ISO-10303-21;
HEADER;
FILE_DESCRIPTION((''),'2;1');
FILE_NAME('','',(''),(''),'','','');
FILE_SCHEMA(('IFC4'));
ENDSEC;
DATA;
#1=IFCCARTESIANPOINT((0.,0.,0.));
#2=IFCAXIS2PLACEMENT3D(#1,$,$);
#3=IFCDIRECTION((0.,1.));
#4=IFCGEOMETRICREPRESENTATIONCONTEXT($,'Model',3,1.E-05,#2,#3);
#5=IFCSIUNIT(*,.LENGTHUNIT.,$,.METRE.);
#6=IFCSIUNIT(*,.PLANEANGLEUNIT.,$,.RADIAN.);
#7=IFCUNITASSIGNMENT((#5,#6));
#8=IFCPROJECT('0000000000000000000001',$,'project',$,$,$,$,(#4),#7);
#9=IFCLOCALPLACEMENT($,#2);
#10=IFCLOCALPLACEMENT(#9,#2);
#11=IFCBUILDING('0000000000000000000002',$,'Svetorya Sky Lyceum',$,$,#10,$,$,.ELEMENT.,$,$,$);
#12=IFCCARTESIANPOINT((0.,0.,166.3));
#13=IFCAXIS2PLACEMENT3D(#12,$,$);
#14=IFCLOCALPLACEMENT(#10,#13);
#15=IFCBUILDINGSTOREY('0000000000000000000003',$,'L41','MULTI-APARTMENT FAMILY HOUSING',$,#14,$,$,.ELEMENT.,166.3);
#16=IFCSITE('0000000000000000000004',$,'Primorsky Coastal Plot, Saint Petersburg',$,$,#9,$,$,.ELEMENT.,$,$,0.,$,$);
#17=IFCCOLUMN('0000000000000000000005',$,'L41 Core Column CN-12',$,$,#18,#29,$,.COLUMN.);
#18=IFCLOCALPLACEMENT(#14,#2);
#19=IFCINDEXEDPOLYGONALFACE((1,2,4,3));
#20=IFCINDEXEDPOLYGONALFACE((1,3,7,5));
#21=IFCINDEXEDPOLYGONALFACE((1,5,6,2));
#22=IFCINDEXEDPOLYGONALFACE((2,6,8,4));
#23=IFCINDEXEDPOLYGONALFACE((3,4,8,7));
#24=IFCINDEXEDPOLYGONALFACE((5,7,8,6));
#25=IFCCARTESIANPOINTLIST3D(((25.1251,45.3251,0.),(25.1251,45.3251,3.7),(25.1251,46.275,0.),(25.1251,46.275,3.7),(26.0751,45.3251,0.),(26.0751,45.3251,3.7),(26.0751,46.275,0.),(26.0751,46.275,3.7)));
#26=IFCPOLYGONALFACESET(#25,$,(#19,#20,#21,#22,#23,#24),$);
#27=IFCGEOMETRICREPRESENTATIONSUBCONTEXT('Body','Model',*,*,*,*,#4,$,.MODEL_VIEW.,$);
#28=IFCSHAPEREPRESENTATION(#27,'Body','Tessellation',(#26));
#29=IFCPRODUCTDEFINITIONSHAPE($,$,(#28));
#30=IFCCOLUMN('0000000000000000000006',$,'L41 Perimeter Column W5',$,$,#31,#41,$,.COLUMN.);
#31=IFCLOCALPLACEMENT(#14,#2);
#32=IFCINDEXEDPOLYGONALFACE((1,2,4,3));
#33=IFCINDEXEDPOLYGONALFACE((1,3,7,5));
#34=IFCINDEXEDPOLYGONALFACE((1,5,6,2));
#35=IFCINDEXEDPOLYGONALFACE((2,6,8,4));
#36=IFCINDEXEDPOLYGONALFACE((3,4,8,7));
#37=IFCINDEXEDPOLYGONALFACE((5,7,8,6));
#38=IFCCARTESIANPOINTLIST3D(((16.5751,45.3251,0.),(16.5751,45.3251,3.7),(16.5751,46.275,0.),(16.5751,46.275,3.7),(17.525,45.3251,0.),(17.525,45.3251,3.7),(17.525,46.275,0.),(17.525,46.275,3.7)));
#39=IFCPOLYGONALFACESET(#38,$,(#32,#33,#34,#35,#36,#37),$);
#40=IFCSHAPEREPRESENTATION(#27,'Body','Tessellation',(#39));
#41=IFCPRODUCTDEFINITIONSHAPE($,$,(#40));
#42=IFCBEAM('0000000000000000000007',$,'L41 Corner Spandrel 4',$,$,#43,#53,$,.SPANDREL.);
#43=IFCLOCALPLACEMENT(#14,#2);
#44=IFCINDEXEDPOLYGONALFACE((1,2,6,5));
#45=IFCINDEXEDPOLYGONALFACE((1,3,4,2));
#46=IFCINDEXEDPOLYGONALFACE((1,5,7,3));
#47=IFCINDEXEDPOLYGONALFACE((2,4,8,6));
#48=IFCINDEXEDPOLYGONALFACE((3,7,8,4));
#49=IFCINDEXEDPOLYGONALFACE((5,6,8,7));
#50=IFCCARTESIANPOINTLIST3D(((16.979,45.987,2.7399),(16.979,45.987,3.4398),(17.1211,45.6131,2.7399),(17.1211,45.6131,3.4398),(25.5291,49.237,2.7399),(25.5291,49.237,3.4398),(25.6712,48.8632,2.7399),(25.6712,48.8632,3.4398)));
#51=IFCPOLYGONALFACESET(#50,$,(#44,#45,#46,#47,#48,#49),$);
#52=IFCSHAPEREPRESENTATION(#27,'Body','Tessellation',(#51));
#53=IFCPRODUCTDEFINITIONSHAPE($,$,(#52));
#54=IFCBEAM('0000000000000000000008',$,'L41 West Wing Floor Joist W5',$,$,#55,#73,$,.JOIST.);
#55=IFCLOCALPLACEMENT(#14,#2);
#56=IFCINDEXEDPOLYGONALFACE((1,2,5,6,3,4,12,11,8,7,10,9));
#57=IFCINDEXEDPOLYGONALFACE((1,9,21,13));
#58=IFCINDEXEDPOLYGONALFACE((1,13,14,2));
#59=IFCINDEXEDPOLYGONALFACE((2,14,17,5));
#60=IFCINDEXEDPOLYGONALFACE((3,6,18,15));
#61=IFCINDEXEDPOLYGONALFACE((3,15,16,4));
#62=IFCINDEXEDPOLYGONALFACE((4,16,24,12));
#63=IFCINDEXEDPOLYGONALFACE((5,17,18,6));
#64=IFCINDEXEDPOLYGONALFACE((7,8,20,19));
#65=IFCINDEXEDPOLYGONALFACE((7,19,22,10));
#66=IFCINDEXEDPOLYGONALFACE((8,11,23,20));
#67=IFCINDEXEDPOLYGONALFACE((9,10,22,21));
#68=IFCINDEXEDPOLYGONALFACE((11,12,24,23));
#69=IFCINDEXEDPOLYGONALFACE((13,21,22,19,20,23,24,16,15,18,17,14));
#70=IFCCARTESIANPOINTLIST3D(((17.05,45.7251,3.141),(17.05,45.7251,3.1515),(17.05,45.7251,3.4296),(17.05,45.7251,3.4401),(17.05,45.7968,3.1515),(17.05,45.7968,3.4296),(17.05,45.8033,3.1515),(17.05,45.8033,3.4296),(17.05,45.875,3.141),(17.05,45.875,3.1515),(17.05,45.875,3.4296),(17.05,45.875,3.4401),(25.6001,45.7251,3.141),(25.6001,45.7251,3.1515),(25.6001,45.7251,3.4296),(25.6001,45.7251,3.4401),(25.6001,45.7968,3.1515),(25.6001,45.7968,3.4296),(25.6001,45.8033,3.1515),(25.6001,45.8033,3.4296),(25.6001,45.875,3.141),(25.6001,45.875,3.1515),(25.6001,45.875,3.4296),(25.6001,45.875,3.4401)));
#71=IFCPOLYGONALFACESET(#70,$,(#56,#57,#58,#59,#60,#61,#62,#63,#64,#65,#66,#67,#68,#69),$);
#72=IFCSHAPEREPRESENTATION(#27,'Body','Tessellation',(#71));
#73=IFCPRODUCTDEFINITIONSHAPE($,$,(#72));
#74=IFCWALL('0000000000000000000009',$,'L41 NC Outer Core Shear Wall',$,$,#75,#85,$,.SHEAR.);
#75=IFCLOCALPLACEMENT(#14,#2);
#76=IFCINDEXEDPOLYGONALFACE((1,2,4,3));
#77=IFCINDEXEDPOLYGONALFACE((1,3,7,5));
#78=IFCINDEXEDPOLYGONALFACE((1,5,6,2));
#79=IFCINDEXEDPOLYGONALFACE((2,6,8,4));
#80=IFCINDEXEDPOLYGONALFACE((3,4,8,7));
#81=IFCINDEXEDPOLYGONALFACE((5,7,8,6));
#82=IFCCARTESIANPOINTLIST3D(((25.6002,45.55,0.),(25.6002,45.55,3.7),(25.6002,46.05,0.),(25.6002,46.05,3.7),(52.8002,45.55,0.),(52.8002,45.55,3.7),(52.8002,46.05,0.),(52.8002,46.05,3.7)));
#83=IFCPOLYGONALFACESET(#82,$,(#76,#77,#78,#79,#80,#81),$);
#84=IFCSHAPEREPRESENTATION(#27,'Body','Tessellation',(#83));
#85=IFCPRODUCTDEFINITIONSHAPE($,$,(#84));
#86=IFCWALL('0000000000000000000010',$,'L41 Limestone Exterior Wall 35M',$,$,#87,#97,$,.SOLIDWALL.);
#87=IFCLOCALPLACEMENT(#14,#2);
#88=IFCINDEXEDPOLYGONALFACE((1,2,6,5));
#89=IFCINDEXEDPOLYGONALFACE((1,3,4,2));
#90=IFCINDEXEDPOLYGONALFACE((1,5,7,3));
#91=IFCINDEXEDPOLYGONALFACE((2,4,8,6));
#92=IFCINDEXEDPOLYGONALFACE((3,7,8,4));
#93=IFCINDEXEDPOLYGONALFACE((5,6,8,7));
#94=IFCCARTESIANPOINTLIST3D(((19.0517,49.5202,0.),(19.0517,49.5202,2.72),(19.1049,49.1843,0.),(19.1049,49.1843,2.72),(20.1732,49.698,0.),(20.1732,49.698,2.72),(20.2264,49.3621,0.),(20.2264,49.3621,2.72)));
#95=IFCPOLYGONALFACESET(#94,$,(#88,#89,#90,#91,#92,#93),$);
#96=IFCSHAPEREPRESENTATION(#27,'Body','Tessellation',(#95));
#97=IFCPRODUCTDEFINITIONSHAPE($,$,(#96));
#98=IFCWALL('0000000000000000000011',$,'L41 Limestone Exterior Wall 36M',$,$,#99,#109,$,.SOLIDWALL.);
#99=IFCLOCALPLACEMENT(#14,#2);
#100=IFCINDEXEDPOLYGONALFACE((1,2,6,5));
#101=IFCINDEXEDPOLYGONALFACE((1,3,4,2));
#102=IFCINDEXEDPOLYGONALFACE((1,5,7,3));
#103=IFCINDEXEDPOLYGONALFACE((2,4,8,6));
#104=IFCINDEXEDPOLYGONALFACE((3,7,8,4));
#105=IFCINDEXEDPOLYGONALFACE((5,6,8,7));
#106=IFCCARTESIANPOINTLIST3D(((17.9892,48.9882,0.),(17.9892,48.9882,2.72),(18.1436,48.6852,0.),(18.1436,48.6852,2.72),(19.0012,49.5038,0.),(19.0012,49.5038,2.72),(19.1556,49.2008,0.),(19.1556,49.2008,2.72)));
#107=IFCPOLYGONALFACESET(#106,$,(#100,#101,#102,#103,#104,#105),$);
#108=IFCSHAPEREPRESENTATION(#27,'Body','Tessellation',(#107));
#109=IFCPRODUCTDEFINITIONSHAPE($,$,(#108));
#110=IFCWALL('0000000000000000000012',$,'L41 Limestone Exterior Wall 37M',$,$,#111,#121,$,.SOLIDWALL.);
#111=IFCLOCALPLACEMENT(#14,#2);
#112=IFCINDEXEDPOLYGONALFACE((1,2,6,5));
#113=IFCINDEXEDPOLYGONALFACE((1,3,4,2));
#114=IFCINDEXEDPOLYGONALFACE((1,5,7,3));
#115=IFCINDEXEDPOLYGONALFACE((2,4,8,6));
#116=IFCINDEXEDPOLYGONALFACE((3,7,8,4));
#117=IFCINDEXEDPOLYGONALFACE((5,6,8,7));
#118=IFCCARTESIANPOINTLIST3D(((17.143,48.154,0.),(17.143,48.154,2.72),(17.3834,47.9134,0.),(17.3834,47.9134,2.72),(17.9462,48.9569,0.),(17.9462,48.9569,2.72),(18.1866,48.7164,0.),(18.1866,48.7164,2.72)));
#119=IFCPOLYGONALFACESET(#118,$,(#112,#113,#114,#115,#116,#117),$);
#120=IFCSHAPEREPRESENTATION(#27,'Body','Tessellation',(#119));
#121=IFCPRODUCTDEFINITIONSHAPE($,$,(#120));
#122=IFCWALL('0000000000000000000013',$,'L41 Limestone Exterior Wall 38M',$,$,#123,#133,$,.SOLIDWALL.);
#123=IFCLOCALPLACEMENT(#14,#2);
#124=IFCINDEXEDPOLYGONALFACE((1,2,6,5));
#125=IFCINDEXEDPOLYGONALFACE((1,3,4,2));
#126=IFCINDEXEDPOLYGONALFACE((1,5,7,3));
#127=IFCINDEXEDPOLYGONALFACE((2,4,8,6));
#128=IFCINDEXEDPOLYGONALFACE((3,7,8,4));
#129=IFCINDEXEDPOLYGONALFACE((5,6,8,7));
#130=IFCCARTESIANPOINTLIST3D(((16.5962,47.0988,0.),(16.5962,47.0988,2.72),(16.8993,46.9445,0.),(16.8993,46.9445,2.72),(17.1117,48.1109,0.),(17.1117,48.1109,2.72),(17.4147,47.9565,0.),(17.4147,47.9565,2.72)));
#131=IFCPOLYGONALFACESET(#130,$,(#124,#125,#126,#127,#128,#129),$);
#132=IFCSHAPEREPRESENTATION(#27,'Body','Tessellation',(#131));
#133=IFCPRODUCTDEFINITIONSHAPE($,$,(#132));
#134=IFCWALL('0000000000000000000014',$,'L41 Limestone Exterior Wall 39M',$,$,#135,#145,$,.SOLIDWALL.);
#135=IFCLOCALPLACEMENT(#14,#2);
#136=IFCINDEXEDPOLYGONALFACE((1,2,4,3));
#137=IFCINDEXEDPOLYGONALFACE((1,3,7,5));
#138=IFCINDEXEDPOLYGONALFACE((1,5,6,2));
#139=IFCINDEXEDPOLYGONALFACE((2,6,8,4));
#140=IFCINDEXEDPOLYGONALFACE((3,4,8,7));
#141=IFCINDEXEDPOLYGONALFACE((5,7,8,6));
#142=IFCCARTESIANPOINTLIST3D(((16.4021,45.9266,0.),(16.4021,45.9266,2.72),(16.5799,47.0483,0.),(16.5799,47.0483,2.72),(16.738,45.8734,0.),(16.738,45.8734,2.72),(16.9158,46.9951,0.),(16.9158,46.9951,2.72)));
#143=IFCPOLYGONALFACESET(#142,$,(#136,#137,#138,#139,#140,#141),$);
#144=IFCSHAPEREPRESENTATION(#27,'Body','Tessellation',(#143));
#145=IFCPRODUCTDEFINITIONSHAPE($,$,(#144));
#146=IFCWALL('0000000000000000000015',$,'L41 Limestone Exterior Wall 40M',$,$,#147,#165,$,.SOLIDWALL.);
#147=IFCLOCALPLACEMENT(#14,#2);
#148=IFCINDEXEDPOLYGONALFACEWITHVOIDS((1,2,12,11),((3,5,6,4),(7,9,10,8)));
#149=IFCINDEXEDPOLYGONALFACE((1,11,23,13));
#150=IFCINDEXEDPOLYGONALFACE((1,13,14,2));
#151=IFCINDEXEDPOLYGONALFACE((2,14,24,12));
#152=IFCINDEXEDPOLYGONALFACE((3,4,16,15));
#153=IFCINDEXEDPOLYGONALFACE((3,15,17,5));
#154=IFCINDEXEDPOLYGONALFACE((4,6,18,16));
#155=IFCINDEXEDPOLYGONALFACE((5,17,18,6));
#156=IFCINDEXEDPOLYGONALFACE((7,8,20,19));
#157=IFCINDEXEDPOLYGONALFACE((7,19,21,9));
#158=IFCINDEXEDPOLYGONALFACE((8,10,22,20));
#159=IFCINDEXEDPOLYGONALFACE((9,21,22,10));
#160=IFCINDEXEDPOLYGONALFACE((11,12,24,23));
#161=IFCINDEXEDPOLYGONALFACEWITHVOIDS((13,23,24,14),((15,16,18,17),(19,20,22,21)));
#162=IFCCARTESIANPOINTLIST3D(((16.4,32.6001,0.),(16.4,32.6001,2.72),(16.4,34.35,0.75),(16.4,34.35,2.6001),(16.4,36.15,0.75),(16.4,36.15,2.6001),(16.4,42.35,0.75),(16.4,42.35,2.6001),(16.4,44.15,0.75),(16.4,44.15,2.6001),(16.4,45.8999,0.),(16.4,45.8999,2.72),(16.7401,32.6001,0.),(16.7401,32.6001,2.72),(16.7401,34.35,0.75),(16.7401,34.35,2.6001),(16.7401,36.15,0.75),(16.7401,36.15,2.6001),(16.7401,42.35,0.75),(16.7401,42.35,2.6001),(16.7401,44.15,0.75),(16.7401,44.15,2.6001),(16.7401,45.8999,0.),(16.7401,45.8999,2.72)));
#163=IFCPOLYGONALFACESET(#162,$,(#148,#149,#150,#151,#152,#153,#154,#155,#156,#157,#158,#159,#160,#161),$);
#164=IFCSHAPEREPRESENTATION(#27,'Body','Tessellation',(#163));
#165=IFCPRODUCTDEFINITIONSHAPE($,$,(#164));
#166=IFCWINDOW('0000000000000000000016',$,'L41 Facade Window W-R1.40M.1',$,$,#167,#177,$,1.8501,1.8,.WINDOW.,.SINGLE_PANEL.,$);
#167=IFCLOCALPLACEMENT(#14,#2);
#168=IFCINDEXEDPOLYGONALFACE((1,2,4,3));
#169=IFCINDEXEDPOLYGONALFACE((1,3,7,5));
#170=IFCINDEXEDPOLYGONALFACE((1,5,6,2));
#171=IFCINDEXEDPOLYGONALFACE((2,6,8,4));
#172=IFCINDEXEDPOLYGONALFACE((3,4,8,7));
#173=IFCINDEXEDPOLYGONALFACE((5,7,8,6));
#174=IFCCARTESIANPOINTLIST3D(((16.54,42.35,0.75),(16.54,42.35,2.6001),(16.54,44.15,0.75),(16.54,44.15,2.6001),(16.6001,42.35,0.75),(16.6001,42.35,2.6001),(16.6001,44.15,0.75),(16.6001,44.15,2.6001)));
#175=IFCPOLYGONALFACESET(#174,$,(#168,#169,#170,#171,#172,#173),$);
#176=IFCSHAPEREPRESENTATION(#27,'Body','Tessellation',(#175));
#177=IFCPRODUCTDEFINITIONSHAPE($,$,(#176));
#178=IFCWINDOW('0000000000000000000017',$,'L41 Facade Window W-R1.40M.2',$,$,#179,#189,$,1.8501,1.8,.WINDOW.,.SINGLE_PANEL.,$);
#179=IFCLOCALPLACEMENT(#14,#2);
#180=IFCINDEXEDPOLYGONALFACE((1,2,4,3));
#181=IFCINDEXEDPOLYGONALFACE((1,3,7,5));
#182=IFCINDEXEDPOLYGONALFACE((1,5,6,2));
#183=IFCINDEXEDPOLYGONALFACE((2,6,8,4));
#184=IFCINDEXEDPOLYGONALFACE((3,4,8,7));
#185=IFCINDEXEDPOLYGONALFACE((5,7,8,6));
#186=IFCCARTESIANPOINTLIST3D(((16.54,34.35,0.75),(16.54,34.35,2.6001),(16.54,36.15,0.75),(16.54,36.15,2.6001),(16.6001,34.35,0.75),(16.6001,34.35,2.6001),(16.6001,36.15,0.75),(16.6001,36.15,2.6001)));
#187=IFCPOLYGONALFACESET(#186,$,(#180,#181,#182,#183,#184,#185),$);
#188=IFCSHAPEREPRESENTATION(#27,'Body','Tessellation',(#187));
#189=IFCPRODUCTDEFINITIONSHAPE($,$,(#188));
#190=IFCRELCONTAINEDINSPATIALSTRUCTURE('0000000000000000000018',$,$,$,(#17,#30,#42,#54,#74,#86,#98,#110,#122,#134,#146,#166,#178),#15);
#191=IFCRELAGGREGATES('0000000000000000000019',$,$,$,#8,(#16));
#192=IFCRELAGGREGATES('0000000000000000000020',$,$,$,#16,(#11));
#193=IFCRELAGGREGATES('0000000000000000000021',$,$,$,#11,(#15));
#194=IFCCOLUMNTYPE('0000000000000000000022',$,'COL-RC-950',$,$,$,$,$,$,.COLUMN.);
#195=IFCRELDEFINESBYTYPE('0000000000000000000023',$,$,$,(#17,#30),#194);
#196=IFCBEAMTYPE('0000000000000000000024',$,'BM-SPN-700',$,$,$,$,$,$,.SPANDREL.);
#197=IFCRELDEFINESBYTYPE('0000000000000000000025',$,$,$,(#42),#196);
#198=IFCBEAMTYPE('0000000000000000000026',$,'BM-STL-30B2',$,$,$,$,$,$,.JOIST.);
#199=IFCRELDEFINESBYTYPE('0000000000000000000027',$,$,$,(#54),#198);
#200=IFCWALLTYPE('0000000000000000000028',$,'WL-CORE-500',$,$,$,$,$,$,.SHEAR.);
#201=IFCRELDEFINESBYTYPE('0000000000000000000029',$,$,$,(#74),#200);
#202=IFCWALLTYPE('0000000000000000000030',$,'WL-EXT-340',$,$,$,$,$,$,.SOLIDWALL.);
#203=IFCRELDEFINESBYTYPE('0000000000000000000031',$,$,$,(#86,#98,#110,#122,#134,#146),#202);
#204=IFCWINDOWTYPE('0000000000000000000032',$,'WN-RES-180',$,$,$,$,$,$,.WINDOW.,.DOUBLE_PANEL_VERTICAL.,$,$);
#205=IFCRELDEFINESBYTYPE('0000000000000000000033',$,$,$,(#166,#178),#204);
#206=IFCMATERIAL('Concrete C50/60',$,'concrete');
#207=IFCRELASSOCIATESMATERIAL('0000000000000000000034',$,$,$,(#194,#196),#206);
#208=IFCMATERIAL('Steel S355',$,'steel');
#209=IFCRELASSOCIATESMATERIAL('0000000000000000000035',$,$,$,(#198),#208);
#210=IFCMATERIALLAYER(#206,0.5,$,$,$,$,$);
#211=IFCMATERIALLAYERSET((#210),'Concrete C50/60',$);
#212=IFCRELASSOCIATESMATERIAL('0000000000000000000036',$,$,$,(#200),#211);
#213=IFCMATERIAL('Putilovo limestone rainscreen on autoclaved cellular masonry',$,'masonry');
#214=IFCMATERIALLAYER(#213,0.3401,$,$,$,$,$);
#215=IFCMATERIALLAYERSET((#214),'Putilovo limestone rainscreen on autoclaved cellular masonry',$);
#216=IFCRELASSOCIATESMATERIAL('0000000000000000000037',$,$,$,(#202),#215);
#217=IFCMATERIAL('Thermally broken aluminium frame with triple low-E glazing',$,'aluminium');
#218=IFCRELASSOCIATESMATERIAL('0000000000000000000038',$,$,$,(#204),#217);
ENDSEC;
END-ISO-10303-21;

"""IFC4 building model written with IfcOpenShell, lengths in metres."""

from ifc_helpers import new_model, si_unit, direction, frame, frame_2d, origin, origin_2d, place, context, subcontext, project, spatial, rectangle, i_section, extrude, material, layer, layer_set, material_profile, profile_set, type_object, element, fill, save


model = new_model("IFC4")

# Units and contexts
model_context = context("Model", 3, precision=1e-05, world=origin(), true_north=direction((0.0, 1.0)))
body_context = subcontext(model_context, "Body", "Model", "MODEL_VIEW")
ifc_project = project(units=[si_unit("LENGTHUNIT", "METRE"), si_unit("PLANEANGLEUNIT", "RADIAN")], contexts=[model_context])

# Site, building, storey
site_placement = place(None, origin())
site = spatial("IfcSite", under=ifc_project, at=site_placement, Name="Primorsky Coastal Plot, Saint Petersburg", CompositionType="ELEMENT", RefElevation=0.0)
building_placement = place(site_placement, origin())
building = spatial("IfcBuilding", under=site, at=building_placement, Name="Svetorya Sky Lyceum", CompositionType="ELEMENT")
storey_placement = place(building_placement, frame((0.0, 0.0, 166.3)))
storey = spatial("IfcBuildingStorey", under=building, at=storey_placement, Name="L41", Description="MULTI-APARTMENT FAMILY HOUSING", CompositionType="ELEMENT", Elevation=166.3)

# Columns
ifc_material_1 = material(Name="Concrete C50/60", Category="concrete")
ifc_material_profile_1 = material_profile(ifc_material_1, rectangle(XDim=0.95, YDim=0.95, at=origin_2d()), Name="RC COL 950x950")
ifc_profile_set_1 = profile_set([ifc_material_profile_1], Name="Concrete C50/60")
column_type = type_object("IfcColumnType", Name="COL-RC-950", PredefinedType="COLUMN", material=ifc_profile_set_1)
for number, where, z_axis, x_axis, name in (
    (1, (25.6001, 45.8, 0.0), (0.0, 0.0, 1.0), (1.0, 0.0, 0.0), "L41 Core Column CN-12"),
    (2, (17.05, 45.8, 0.0), (0.0, 0.0, 1.0), (1.0, 0.0, 0.0), "L41 Perimeter Column W5"),
):
    element("IfcColumn", number, at=place(storey_placement, frame(where, z_axis=z_axis, x_axis=x_axis)), inside=storey, type_object=column_type, Name=name, PredefinedType="COLUMN", context=body_context, shape_type="SweptSolid", body=[
        extrude(rectangle(XDim=0.95, YDim=0.95, at=origin_2d()), origin(), (0.0, 0.0, 1.0), 3.7),
    ])

# Beams
ifc_material_profile_2 = material_profile(ifc_material_1, rectangle(XDim=0.3999, YDim=0.7, at=origin_2d()), Name="RC SPANDREL 400x700")
ifc_profile_set_2 = profile_set([ifc_material_profile_2], Name="Concrete C50/60")
beam_type_1 = type_object("IfcBeamType", Name="BM-SPN-700", PredefinedType="SPANDREL", material=ifc_profile_set_2)
beam_1_placement = place(storey_placement, frame((17.05, 45.8, 3.0898), z_axis=(0.934748, 0.355312, 0.0), x_axis=(-0.355312, 0.934748, 0.0)))
element("IfcBeam", 3, at=beam_1_placement, inside=storey, type_object=beam_type_1, Name="L41 Corner Spandrel 4", PredefinedType="SPANDREL", context=body_context, shape_type="SweptSolid", body=[
    extrude(rectangle(XDim=0.3999, YDim=0.7, at=origin_2d()), origin(), (0.0, 0.0, 1.0), 9.147),
])
ifc_material_2 = material(Name="Steel S355", Category="steel")
ifc_material_profile_3 = material_profile(ifc_material_2, i_section(OverallWidth=0.1499, OverallDepth=0.2991, WebThickness=0.0066, FlangeThickness=0.0105, at=origin_2d()), Name="GOST 30B2")
ifc_profile_set_3 = profile_set([ifc_material_profile_3], Name="Steel S355")
beam_type_2 = type_object("IfcBeamType", Name="BM-STL-30B2", PredefinedType="JOIST", material=ifc_profile_set_3)
beam_2_placement = place(storey_placement, frame((17.05, 45.8, 3.2905), z_axis=(1.0, 0.0, 0.0), x_axis=(0.0, 1.0, 0.0)))
element("IfcBeam", 4, at=beam_2_placement, inside=storey, type_object=beam_type_2, Name="L41 West Wing Floor Joist W5", PredefinedType="JOIST", context=body_context, shape_type="SweptSolid", body=[
    extrude(i_section(OverallWidth=0.1499, OverallDepth=0.2991, WebThickness=0.0066, FlangeThickness=0.0105, at=origin_2d()), origin(), (0.0, 0.0, 1.0), 8.55),
])

# Walls
ifc_layer_1 = layer(ifc_material_1, 0.5)
ifc_layer_set_1 = layer_set([ifc_layer_1], Name="Concrete C50/60")
wall_type_1 = type_object("IfcWallType", Name="WL-CORE-500", PredefinedType="SHEAR", material=ifc_layer_set_1)
wall_1_placement = place(storey_placement, frame((25.6001, 45.8, 0.0), z_axis=(0.0, 0.0, 1.0), x_axis=(1.0, 0.0, 0.0)))
element("IfcWall", 5, at=wall_1_placement, inside=storey, type_object=wall_type_1, Name="L41 NC Outer Core Shear Wall", PredefinedType="SHEAR", context=body_context, shape_type="SweptSolid", body=[
    extrude(rectangle(XDim=27.2, YDim=0.5, at=frame_2d((13.6001, 0.0))), origin(), (0.0, 0.0, 1.0), 3.7),
])
ifc_material_3 = material(Name="Putilovo limestone rainscreen on autoclaved cellular masonry", Category="masonry")
ifc_layer_2 = layer(ifc_material_3, 0.3401)
ifc_layer_set_2 = layer_set([ifc_layer_2], Name="Putilovo limestone rainscreen on autoclaved cellular masonry")
wall_type_2 = type_object("IfcWallType", Name="WL-EXT-340", PredefinedType="SOLIDWALL", material=ifc_layer_set_2)
wall_2_placement = place(storey_placement, frame((20.2, 49.53, 0.0), z_axis=(0.0, 0.0, 1.0), x_axis=(-0.987676, -0.156515, 0.0)))
element("IfcWall", 6, at=wall_2_placement, inside=storey, type_object=wall_type_2, Name="L41 Limestone Exterior Wall 35M", PredefinedType="SOLIDWALL", context=body_context, shape_type="SweptSolid", body=[
    extrude(rectangle(XDim=1.1355, YDim=0.3401, at=frame_2d((0.5679, 0.0))), origin(), (0.0, 0.0, 1.0), 2.72),
])
for number, where, z_axis, x_axis, name in (
    (7, (19.0784, 49.3523, 0.0), (0.0, 0.0, 1.0), (-0.891005, -0.453993, 0.0), "L41 Limestone Exterior Wall 36M"),
    (8, (18.0664, 48.8367, 0.0), (0.0, 0.0, 1.0), (-0.707214, -0.706999, 0.0), "L41 Limestone Exterior Wall 37M"),
    (9, (17.2632, 48.0337, 0.0), (0.0, 0.0, 1.0), (-0.453823, -0.891092, 0.0), "L41 Limestone Exterior Wall 38M"),
    (10, (16.7478, 47.0217, 0.0), (0.0, 0.0, 1.0), (-0.156481, -0.987681, 0.0), "L41 Limestone Exterior Wall 39M"),
):
    element("IfcWall", number, at=place(storey_placement, frame(where, z_axis=z_axis, x_axis=x_axis)), inside=storey, type_object=wall_type_2, Name=name, PredefinedType="SOLIDWALL", context=body_context, shape_type="SweptSolid", body=[
        extrude(rectangle(XDim=1.1357, YDim=0.3401, at=frame_2d((0.5679, 0.0))), origin(), (0.0, 0.0, 1.0), 2.72),
    ])

# Wall, openings, windows
wall_3_placement = place(storey_placement, frame((16.5701, 45.8999, 0.0), z_axis=(0.0, 0.0, 1.0), x_axis=(0.0, -1.0, 0.0)))
wall_3 = element("IfcWall", 11, at=wall_3_placement, inside=storey, type_object=wall_type_2, Name="L41 Limestone Exterior Wall 40M", PredefinedType="SOLIDWALL", context=body_context, shape_type="SweptSolid", body=[
    extrude(rectangle(XDim=13.2998, YDim=0.3401, at=frame_2d((6.6499, 0.0))), origin(), (0.0, 0.0, 1.0), 2.72),
])
opening_1_placement = place(wall_3_placement, frame((1.75, 0.0, 0.75)))
opening_1 = element("IfcOpeningElement", 12, at=opening_1_placement, cuts=wall_3, PredefinedType="OPENING", context=body_context, shape_type="SweptSolid", body=[
    extrude(rectangle(XDim=1.8, YDim=1.8501, at=frame_2d((0.8999, 0.925))), frame((0.0, 0.1799, 0.0), z_axis=(0.0, -1.0, 0.0), x_axis=(1.0, 0.0, 0.0)), (0.0, 0.0, 1.0), 0.3601),
])
opening_2_placement = place(wall_3_placement, frame((9.75, 0.0, 0.75)))
opening_2 = element("IfcOpeningElement", 13, at=opening_2_placement, cuts=wall_3, PredefinedType="OPENING", context=body_context, shape_type="SweptSolid", body=[
    extrude(rectangle(XDim=1.8, YDim=1.8501, at=frame_2d((0.8999, 0.925))), frame((0.0, 0.1799, 0.0), z_axis=(0.0, -1.0, 0.0), x_axis=(1.0, 0.0, 0.0)), (0.0, 0.0, 1.0), 0.3601),
])
ifc_material_4 = material(Name="Thermally broken aluminium frame with triple low-E glazing", Category="aluminium")
window_type = type_object("IfcWindowType", Name="WN-RES-180", PartitioningType="DOUBLE_PANEL_VERTICAL", PredefinedType="WINDOW", material=ifc_material_4)
window_1_placement = place(opening_1_placement, origin())
window_1 = element("IfcWindow", 14, at=window_1_placement, inside=storey, type_object=window_type, Name="L41 Facade Window W-R1.40M.1", OverallHeight=1.8501, OverallWidth=1.8, PartitioningType="SINGLE_PANEL", PredefinedType="WINDOW", context=body_context, shape_type="SweptSolid", body=[
    extrude(rectangle(XDim=1.8, YDim=1.8501, at=frame_2d((0.8999, 0.925))), frame((0.0, 0.03, 0.0), z_axis=(0.0, -1.0, 0.0), x_axis=(1.0, 0.0, 0.0)), (0.0, 0.0, 1.0), 0.0601),
])
fill(opening_1, window_1)
window_2_placement = place(opening_2_placement, origin())
window_2 = element("IfcWindow", 15, at=window_2_placement, inside=storey, type_object=window_type, Name="L41 Facade Window W-R1.40M.2", OverallHeight=1.8501, OverallWidth=1.8, PartitioningType="SINGLE_PANEL", PredefinedType="WINDOW", context=body_context, shape_type="SweptSolid", body=[
    extrude(rectangle(XDim=1.8, YDim=1.8501, at=frame_2d((0.8999, 0.925))), frame((0.0, 0.03, 0.0), z_axis=(0.0, -1.0, 0.0), x_axis=(1.0, 0.0, 0.0)), (0.0, 0.0, 1.0), 0.0601),
])
fill(opening_2, window_2)

save(model, "model.ifc")
